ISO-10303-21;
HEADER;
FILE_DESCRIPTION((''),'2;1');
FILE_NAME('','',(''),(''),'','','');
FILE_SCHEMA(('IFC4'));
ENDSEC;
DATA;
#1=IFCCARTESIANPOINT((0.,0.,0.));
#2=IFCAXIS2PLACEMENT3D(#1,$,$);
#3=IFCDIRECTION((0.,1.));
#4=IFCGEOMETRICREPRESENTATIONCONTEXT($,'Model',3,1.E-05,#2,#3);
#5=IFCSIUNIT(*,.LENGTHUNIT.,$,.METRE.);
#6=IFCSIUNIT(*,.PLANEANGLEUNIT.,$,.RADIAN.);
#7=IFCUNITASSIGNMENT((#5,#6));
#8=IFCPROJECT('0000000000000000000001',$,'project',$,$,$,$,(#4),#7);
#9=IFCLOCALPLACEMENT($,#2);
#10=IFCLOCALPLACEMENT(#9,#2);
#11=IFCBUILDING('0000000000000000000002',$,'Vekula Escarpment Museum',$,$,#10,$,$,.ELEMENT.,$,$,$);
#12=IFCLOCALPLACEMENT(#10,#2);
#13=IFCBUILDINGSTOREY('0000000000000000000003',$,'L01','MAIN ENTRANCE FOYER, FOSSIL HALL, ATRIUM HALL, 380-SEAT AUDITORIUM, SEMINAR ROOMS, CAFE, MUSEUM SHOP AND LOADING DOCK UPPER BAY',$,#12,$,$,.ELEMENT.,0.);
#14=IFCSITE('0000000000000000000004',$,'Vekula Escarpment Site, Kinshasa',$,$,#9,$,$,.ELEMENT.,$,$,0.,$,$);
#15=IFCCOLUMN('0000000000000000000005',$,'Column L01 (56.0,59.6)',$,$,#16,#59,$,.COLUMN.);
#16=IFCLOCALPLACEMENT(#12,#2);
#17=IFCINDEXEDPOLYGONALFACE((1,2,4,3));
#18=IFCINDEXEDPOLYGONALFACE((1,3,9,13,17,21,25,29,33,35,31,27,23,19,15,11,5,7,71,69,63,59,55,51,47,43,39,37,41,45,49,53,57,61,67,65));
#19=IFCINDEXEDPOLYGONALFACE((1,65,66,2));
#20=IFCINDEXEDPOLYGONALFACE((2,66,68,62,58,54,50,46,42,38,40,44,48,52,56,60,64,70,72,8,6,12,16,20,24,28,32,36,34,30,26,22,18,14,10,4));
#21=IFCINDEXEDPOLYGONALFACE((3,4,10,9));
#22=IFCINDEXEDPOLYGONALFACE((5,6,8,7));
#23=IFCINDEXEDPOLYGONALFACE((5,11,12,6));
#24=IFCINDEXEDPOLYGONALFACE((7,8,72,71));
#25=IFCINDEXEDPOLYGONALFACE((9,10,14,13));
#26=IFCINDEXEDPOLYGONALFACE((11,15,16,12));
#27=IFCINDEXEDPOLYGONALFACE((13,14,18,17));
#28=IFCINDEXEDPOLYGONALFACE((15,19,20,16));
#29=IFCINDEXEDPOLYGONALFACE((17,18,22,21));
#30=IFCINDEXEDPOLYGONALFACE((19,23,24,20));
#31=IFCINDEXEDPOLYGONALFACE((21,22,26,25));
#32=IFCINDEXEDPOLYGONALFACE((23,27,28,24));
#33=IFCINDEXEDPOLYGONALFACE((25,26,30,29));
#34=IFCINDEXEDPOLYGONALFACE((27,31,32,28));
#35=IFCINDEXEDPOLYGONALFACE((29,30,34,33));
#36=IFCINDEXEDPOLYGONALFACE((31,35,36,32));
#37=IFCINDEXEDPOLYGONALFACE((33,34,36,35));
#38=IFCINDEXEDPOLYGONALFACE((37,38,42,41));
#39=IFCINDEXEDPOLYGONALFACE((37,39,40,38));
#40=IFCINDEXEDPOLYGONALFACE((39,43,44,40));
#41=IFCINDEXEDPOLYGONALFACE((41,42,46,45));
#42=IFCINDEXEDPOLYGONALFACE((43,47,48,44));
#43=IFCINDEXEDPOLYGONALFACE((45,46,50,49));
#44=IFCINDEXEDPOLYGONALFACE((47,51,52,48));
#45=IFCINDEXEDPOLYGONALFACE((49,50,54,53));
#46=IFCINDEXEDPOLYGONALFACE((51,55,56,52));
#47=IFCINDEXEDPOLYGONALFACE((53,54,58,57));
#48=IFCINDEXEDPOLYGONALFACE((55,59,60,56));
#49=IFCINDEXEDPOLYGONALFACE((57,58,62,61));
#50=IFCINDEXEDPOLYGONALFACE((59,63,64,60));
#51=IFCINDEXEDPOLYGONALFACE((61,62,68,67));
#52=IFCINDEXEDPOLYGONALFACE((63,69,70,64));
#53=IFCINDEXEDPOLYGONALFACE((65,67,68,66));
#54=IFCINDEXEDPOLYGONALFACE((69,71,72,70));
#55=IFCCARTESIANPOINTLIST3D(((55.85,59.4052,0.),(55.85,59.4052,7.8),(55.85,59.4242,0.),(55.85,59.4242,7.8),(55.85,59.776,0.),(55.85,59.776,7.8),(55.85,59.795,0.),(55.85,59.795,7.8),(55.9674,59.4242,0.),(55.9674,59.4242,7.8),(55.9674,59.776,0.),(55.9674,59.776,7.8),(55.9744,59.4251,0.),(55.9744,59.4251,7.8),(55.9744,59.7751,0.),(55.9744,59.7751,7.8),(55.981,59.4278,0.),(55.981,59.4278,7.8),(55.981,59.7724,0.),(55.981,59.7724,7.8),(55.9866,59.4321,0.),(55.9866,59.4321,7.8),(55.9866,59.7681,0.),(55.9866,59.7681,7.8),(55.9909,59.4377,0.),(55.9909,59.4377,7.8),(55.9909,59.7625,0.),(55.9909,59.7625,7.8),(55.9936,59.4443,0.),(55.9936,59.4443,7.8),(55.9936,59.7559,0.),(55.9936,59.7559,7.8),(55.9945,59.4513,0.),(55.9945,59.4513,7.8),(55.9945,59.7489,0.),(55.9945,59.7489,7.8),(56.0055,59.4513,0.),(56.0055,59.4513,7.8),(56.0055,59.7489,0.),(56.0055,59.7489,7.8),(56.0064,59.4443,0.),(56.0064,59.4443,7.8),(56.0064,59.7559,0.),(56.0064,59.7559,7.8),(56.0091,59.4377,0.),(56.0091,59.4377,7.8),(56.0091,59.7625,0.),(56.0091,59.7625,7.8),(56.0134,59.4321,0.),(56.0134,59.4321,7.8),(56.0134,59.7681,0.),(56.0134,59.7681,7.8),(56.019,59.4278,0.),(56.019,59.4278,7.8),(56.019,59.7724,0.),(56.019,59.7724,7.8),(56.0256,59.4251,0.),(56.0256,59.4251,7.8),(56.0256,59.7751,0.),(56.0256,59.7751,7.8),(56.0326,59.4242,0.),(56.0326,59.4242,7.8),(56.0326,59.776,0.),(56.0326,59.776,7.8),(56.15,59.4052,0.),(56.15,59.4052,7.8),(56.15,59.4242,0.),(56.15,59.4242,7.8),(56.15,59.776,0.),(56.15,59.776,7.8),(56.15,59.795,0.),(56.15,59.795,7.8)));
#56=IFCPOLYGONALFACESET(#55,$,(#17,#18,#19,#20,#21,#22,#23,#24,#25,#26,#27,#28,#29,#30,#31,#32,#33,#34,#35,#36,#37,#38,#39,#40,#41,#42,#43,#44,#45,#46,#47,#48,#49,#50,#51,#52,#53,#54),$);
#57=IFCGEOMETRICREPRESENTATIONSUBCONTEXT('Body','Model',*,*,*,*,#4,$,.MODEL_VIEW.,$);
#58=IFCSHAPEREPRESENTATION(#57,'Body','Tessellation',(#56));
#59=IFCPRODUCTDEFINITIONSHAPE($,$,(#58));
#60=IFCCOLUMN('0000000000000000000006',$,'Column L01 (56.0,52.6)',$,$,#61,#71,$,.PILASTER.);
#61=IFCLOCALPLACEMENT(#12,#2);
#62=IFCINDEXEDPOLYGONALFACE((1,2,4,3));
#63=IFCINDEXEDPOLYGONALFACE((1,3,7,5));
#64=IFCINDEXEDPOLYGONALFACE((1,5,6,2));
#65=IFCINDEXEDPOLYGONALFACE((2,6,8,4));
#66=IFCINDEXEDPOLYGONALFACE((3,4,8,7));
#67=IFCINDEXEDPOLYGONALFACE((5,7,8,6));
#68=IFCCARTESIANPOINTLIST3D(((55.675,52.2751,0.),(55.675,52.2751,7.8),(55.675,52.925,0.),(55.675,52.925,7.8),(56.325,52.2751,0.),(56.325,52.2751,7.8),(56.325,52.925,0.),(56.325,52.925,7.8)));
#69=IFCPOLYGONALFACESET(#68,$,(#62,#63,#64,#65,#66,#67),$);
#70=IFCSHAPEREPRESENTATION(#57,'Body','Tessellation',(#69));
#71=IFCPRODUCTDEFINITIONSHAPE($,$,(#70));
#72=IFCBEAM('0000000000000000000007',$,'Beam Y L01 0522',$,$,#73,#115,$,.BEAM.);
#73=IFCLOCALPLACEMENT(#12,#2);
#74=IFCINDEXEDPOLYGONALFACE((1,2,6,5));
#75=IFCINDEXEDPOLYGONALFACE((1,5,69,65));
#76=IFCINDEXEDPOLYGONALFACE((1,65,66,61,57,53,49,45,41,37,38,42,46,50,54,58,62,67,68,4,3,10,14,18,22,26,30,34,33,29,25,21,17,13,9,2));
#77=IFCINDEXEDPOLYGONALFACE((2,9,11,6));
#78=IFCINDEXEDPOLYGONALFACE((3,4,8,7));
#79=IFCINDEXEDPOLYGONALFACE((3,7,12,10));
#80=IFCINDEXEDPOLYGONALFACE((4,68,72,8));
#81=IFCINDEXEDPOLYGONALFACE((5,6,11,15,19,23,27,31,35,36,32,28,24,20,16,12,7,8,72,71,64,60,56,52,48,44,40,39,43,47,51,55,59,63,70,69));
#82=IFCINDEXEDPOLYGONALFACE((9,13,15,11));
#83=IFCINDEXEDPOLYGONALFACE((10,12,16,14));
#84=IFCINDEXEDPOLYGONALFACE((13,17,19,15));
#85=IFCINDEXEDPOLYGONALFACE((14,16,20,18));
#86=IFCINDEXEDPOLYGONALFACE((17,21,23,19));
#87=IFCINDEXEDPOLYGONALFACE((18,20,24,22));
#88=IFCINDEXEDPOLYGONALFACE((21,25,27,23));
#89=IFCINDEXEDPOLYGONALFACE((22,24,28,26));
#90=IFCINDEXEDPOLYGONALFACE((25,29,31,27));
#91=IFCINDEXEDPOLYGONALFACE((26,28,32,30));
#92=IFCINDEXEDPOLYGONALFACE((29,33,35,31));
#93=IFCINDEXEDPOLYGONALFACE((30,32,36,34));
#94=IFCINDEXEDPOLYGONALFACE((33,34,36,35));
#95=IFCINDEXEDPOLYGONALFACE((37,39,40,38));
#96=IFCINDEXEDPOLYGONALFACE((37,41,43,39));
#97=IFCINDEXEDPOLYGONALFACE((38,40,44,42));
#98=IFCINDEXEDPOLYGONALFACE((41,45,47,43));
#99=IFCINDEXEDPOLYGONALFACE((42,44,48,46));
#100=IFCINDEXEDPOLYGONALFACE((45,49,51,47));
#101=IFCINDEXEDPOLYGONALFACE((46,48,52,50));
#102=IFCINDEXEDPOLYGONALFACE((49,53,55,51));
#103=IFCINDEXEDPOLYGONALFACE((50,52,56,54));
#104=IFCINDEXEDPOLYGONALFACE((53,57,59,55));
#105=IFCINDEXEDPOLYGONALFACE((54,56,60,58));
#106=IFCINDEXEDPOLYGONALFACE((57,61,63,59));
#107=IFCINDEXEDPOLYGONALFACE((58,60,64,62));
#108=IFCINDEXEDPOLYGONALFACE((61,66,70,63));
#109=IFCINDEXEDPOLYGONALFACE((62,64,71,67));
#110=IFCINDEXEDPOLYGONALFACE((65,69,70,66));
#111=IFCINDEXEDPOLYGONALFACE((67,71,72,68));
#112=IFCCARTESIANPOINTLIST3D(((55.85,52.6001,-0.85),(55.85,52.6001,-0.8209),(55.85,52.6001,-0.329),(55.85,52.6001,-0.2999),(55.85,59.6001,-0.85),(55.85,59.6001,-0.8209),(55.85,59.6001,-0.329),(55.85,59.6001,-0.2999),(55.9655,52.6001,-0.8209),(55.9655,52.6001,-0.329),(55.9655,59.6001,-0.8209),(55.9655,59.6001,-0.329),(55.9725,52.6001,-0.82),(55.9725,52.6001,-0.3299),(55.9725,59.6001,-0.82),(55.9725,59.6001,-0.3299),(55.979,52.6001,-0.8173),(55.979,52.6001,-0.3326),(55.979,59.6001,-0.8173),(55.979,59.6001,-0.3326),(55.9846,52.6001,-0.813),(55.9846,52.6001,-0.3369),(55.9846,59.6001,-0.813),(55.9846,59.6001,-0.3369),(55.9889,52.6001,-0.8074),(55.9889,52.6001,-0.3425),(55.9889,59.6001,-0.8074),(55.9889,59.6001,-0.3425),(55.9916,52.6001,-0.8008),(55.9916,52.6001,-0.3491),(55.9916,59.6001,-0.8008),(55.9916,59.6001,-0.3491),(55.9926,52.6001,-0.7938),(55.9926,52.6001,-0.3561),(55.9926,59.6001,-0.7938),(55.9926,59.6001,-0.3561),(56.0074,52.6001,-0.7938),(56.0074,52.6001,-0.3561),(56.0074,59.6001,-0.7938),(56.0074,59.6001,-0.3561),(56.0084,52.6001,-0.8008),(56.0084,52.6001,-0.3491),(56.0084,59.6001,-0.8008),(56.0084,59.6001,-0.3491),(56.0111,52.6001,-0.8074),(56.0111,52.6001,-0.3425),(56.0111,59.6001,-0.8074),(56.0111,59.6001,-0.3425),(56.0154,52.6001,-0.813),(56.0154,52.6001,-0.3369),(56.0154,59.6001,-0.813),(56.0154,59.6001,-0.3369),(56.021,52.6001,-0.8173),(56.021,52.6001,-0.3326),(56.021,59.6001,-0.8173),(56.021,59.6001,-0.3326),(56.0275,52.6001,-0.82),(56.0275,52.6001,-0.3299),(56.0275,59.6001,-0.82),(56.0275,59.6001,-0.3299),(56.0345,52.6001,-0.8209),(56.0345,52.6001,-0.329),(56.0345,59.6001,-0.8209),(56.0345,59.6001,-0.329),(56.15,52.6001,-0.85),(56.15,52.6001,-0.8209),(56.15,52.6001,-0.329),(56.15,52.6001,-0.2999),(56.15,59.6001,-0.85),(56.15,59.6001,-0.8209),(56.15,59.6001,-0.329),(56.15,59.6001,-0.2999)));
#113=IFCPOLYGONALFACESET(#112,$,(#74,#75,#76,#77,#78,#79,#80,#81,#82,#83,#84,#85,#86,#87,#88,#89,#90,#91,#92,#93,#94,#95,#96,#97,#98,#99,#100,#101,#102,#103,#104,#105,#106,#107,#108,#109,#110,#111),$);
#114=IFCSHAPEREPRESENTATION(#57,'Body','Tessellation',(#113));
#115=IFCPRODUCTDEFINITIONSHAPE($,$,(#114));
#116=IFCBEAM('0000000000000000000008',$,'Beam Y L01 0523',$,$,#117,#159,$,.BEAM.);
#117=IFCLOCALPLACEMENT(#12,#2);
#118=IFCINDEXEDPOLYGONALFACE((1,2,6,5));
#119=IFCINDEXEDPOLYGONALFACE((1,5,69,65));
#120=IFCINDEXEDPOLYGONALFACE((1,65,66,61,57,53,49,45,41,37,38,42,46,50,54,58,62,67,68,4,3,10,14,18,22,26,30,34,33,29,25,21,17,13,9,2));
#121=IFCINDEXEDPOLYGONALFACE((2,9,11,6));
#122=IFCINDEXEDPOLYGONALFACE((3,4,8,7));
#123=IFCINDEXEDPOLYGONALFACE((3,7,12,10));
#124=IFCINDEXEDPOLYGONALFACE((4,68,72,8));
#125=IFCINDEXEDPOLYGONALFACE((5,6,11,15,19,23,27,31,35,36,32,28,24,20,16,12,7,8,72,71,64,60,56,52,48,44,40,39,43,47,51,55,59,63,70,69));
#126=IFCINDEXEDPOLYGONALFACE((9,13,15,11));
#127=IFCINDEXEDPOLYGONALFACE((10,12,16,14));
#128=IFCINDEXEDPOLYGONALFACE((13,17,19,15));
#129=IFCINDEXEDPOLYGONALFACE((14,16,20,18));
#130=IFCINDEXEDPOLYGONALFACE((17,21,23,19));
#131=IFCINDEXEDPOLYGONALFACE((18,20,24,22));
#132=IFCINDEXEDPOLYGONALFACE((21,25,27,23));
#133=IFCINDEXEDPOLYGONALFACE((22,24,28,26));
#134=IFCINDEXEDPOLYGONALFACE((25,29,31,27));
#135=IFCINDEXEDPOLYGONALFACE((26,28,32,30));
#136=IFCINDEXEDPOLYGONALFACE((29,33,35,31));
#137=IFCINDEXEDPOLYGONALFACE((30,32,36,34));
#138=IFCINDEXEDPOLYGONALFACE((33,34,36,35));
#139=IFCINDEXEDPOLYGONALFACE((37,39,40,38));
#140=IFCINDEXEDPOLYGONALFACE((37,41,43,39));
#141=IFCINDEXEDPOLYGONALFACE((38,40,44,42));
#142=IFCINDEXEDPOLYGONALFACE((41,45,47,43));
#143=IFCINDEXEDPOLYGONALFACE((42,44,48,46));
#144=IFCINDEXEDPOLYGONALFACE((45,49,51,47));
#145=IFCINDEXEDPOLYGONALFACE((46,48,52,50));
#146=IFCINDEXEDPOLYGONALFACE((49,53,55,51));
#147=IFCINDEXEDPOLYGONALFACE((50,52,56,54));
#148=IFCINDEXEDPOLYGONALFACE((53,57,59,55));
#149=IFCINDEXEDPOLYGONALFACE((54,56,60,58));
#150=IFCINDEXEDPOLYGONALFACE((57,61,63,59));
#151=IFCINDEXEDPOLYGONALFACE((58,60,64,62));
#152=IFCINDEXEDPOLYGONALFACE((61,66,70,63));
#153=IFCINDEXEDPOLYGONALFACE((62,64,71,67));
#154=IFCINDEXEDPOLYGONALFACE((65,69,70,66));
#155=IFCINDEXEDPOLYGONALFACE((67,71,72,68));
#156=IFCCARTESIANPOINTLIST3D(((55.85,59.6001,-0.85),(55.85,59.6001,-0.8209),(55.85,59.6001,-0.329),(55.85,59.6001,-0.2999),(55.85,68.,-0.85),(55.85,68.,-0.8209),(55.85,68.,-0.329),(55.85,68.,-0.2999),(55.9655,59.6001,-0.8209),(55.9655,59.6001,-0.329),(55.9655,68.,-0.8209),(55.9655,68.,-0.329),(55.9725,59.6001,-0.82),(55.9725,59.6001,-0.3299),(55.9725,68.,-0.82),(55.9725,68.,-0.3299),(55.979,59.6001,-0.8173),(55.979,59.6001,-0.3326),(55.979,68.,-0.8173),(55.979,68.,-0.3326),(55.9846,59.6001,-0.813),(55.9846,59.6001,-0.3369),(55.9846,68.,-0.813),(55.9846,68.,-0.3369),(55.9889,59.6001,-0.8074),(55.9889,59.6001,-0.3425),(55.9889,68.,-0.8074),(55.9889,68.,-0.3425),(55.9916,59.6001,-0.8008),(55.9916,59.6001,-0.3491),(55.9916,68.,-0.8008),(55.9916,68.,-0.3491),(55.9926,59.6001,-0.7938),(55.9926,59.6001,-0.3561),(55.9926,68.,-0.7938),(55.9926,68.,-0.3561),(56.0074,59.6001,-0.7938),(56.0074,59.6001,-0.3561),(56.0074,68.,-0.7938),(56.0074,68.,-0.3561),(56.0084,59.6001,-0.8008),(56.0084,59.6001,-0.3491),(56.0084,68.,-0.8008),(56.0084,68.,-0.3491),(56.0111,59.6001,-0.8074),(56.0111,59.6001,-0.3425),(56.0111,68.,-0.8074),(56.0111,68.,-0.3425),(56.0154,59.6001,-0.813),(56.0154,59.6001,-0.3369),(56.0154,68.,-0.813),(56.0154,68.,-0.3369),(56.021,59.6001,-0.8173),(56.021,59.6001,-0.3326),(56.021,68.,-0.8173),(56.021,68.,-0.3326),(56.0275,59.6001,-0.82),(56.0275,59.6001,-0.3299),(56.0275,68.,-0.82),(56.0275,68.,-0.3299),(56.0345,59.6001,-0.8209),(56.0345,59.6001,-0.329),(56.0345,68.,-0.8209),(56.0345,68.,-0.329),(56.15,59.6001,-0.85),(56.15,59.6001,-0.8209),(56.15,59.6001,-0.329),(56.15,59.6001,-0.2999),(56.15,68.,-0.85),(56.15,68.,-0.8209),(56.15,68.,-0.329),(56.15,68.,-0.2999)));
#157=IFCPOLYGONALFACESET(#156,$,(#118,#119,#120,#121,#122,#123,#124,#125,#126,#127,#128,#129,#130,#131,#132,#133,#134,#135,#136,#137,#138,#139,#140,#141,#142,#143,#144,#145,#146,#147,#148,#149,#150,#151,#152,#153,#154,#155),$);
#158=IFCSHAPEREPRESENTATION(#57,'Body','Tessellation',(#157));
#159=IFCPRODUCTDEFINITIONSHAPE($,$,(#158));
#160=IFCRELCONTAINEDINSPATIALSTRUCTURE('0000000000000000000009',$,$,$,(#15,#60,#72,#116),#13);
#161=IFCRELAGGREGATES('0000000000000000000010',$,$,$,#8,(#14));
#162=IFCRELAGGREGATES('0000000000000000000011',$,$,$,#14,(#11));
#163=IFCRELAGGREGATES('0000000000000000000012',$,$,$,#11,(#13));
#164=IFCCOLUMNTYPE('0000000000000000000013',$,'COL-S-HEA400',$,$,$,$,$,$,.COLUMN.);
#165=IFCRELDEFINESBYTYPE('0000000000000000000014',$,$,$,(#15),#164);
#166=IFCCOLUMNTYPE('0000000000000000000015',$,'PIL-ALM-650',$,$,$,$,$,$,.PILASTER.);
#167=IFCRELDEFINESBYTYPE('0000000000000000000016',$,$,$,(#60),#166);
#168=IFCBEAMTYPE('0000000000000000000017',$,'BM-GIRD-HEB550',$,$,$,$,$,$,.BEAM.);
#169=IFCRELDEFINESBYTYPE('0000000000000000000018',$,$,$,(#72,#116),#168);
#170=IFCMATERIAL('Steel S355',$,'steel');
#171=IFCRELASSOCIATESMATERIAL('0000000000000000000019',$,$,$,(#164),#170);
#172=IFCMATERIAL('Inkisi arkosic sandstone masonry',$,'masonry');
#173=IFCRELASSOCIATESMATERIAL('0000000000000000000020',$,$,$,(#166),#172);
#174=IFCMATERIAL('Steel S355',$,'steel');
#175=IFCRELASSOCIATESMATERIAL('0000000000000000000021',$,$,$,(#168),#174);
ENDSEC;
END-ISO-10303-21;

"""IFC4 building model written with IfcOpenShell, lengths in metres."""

from ifc_helpers import new_model, si_unit, direction, frame, origin, origin_2d, place, context, subcontext, project, spatial, rectangle, i_section, extrude, material, material_profile, profile_set, type_object, element, save


model = new_model("IFC4")

# Units and contexts
model_context = context("Model", 3, precision=1e-05, world=origin(), true_north=direction((0.0, 1.0)))
body_context = subcontext(model_context, "Body", "Model", "MODEL_VIEW")
ifc_project = project(units=[si_unit("LENGTHUNIT", "METRE"), si_unit("PLANEANGLEUNIT", "RADIAN")], contexts=[model_context])

# Site, building, storey
site_placement = place(None, origin())
site = spatial("IfcSite", under=ifc_project, at=site_placement, Name="Vekula Escarpment Site, Kinshasa", CompositionType="ELEMENT", RefElevation=0.0)
building_placement = place(site_placement, origin())
building = spatial("IfcBuilding", under=site, at=building_placement, Name="Vekula Escarpment Museum", CompositionType="ELEMENT")
storey_placement = place(building_placement, origin())
storey = spatial("IfcBuildingStorey", under=building, at=storey_placement, Name="L01", Description="MAIN ENTRANCE FOYER, FOSSIL HALL, ATRIUM HALL, 380-SEAT AUDITORIUM, SEMINAR ROOMS, CAFE, MUSEUM SHOP AND LOADING DOCK UPPER BAY", CompositionType="ELEMENT", Elevation=0.0)

# Columns
ifc_material_1 = material(Name="Steel S355", Category="steel")
ifc_material_profile_1 = material_profile(ifc_material_1, i_section(OverallWidth=0.3, OverallDepth=0.3899, WebThickness=0.011, FlangeThickness=0.019, FilletRadius=0.0271, at=origin_2d()), Name="HEA 400")
ifc_profile_set_1 = profile_set([ifc_material_profile_1], Name="Steel S355")
column_type_1 = type_object("IfcColumnType", Name="COL-S-HEA400", PredefinedType="COLUMN", material=ifc_profile_set_1)
column_1_placement = place(storey_placement, frame((56.0, 59.6001, 0.0), z_axis=(0.0, 0.0, 1.0), x_axis=(1.0, 0.0, 0.0)))
element("IfcColumn", 1, at=column_1_placement, inside=storey, type_object=column_type_1, Name="Column L01 (56.0,59.6)", PredefinedType="COLUMN", context=body_context, shape_type="SweptSolid", body=[
    extrude(i_section(OverallWidth=0.3, OverallDepth=0.3899, WebThickness=0.011, FlangeThickness=0.019, FilletRadius=0.0271, at=origin_2d()), origin(), (0.0, 0.0, 1.0), 7.8),
])
ifc_material_2 = material(Name="Inkisi arkosic sandstone masonry", Category="masonry")
ifc_material_profile_2 = material_profile(ifc_material_2, rectangle(XDim=0.6499, YDim=0.6499, at=origin_2d()), Name="PIER 650x650")
ifc_profile_set_2 = profile_set([ifc_material_profile_2], Name="Inkisi arkosic sandstone masonry")
column_type_2 = type_object("IfcColumnType", Name="PIL-ALM-650", PredefinedType="PILASTER", material=ifc_profile_set_2)
column_2_placement = place(storey_placement, frame((56.0, 52.6001, 0.0), z_axis=(0.0, 0.0, 1.0), x_axis=(1.0, 0.0, 0.0)))
element("IfcColumn", 2, at=column_2_placement, inside=storey, type_object=column_type_2, Name="Column L01 (56.0,52.6)", PredefinedType="PILASTER", context=body_context, shape_type="SweptSolid", body=[
    extrude(rectangle(XDim=0.6499, YDim=0.6499, at=origin_2d()), origin(), (0.0, 0.0, 1.0), 7.8),
])

# Beams
ifc_material_3 = material(Name="Steel S355", Category="steel")
ifc_material_profile_3 = material_profile(ifc_material_3, i_section(OverallWidth=0.3, OverallDepth=0.55, WebThickness=0.0149, FlangeThickness=0.0291, FilletRadius=0.0271, at=origin_2d()), Name="HEB 550")
ifc_profile_set_3 = profile_set([ifc_material_profile_3], Name="Steel S355")
beam_type_1 = type_object("IfcBeamType", Name="BM-GIRD-HEB550", PredefinedType="BEAM", material=ifc_profile_set_3)
beam_1_placement = place(storey_placement, frame((56.0, 52.6001, -0.575), z_axis=(0.0, 1.0, 0.0), x_axis=(-1.0, 0.0, 0.0)))
element("IfcBeam", 3, at=beam_1_placement, inside=storey, type_object=beam_type_1, Name="Beam Y L01 0522", PredefinedType="BEAM", context=body_context, shape_type="SweptSolid", body=[
    extrude(i_section(OverallWidth=0.3, OverallDepth=0.55, WebThickness=0.0149, FlangeThickness=0.0291, FilletRadius=0.0271, at=origin_2d()), origin(), (0.0, 0.0, 1.0), 7.0),
])
beam_2_placement = place(storey_placement, frame((56.0, 59.6001, -0.575), z_axis=(0.0, 1.0, 0.0), x_axis=(-1.0, 0.0, 0.0)))
element("IfcBeam", 4, at=beam_2_placement, inside=storey, type_object=beam_type_1, Name="Beam Y L01 0523", PredefinedType="BEAM", context=body_context, shape_type="SweptSolid", body=[
    extrude(i_section(OverallWidth=0.3, OverallDepth=0.55, WebThickness=0.0149, FlangeThickness=0.0291, FilletRadius=0.0271, at=origin_2d()), origin(), (0.0, 0.0, 1.0), 8.3999),
])

save(model, "model.ifc")
